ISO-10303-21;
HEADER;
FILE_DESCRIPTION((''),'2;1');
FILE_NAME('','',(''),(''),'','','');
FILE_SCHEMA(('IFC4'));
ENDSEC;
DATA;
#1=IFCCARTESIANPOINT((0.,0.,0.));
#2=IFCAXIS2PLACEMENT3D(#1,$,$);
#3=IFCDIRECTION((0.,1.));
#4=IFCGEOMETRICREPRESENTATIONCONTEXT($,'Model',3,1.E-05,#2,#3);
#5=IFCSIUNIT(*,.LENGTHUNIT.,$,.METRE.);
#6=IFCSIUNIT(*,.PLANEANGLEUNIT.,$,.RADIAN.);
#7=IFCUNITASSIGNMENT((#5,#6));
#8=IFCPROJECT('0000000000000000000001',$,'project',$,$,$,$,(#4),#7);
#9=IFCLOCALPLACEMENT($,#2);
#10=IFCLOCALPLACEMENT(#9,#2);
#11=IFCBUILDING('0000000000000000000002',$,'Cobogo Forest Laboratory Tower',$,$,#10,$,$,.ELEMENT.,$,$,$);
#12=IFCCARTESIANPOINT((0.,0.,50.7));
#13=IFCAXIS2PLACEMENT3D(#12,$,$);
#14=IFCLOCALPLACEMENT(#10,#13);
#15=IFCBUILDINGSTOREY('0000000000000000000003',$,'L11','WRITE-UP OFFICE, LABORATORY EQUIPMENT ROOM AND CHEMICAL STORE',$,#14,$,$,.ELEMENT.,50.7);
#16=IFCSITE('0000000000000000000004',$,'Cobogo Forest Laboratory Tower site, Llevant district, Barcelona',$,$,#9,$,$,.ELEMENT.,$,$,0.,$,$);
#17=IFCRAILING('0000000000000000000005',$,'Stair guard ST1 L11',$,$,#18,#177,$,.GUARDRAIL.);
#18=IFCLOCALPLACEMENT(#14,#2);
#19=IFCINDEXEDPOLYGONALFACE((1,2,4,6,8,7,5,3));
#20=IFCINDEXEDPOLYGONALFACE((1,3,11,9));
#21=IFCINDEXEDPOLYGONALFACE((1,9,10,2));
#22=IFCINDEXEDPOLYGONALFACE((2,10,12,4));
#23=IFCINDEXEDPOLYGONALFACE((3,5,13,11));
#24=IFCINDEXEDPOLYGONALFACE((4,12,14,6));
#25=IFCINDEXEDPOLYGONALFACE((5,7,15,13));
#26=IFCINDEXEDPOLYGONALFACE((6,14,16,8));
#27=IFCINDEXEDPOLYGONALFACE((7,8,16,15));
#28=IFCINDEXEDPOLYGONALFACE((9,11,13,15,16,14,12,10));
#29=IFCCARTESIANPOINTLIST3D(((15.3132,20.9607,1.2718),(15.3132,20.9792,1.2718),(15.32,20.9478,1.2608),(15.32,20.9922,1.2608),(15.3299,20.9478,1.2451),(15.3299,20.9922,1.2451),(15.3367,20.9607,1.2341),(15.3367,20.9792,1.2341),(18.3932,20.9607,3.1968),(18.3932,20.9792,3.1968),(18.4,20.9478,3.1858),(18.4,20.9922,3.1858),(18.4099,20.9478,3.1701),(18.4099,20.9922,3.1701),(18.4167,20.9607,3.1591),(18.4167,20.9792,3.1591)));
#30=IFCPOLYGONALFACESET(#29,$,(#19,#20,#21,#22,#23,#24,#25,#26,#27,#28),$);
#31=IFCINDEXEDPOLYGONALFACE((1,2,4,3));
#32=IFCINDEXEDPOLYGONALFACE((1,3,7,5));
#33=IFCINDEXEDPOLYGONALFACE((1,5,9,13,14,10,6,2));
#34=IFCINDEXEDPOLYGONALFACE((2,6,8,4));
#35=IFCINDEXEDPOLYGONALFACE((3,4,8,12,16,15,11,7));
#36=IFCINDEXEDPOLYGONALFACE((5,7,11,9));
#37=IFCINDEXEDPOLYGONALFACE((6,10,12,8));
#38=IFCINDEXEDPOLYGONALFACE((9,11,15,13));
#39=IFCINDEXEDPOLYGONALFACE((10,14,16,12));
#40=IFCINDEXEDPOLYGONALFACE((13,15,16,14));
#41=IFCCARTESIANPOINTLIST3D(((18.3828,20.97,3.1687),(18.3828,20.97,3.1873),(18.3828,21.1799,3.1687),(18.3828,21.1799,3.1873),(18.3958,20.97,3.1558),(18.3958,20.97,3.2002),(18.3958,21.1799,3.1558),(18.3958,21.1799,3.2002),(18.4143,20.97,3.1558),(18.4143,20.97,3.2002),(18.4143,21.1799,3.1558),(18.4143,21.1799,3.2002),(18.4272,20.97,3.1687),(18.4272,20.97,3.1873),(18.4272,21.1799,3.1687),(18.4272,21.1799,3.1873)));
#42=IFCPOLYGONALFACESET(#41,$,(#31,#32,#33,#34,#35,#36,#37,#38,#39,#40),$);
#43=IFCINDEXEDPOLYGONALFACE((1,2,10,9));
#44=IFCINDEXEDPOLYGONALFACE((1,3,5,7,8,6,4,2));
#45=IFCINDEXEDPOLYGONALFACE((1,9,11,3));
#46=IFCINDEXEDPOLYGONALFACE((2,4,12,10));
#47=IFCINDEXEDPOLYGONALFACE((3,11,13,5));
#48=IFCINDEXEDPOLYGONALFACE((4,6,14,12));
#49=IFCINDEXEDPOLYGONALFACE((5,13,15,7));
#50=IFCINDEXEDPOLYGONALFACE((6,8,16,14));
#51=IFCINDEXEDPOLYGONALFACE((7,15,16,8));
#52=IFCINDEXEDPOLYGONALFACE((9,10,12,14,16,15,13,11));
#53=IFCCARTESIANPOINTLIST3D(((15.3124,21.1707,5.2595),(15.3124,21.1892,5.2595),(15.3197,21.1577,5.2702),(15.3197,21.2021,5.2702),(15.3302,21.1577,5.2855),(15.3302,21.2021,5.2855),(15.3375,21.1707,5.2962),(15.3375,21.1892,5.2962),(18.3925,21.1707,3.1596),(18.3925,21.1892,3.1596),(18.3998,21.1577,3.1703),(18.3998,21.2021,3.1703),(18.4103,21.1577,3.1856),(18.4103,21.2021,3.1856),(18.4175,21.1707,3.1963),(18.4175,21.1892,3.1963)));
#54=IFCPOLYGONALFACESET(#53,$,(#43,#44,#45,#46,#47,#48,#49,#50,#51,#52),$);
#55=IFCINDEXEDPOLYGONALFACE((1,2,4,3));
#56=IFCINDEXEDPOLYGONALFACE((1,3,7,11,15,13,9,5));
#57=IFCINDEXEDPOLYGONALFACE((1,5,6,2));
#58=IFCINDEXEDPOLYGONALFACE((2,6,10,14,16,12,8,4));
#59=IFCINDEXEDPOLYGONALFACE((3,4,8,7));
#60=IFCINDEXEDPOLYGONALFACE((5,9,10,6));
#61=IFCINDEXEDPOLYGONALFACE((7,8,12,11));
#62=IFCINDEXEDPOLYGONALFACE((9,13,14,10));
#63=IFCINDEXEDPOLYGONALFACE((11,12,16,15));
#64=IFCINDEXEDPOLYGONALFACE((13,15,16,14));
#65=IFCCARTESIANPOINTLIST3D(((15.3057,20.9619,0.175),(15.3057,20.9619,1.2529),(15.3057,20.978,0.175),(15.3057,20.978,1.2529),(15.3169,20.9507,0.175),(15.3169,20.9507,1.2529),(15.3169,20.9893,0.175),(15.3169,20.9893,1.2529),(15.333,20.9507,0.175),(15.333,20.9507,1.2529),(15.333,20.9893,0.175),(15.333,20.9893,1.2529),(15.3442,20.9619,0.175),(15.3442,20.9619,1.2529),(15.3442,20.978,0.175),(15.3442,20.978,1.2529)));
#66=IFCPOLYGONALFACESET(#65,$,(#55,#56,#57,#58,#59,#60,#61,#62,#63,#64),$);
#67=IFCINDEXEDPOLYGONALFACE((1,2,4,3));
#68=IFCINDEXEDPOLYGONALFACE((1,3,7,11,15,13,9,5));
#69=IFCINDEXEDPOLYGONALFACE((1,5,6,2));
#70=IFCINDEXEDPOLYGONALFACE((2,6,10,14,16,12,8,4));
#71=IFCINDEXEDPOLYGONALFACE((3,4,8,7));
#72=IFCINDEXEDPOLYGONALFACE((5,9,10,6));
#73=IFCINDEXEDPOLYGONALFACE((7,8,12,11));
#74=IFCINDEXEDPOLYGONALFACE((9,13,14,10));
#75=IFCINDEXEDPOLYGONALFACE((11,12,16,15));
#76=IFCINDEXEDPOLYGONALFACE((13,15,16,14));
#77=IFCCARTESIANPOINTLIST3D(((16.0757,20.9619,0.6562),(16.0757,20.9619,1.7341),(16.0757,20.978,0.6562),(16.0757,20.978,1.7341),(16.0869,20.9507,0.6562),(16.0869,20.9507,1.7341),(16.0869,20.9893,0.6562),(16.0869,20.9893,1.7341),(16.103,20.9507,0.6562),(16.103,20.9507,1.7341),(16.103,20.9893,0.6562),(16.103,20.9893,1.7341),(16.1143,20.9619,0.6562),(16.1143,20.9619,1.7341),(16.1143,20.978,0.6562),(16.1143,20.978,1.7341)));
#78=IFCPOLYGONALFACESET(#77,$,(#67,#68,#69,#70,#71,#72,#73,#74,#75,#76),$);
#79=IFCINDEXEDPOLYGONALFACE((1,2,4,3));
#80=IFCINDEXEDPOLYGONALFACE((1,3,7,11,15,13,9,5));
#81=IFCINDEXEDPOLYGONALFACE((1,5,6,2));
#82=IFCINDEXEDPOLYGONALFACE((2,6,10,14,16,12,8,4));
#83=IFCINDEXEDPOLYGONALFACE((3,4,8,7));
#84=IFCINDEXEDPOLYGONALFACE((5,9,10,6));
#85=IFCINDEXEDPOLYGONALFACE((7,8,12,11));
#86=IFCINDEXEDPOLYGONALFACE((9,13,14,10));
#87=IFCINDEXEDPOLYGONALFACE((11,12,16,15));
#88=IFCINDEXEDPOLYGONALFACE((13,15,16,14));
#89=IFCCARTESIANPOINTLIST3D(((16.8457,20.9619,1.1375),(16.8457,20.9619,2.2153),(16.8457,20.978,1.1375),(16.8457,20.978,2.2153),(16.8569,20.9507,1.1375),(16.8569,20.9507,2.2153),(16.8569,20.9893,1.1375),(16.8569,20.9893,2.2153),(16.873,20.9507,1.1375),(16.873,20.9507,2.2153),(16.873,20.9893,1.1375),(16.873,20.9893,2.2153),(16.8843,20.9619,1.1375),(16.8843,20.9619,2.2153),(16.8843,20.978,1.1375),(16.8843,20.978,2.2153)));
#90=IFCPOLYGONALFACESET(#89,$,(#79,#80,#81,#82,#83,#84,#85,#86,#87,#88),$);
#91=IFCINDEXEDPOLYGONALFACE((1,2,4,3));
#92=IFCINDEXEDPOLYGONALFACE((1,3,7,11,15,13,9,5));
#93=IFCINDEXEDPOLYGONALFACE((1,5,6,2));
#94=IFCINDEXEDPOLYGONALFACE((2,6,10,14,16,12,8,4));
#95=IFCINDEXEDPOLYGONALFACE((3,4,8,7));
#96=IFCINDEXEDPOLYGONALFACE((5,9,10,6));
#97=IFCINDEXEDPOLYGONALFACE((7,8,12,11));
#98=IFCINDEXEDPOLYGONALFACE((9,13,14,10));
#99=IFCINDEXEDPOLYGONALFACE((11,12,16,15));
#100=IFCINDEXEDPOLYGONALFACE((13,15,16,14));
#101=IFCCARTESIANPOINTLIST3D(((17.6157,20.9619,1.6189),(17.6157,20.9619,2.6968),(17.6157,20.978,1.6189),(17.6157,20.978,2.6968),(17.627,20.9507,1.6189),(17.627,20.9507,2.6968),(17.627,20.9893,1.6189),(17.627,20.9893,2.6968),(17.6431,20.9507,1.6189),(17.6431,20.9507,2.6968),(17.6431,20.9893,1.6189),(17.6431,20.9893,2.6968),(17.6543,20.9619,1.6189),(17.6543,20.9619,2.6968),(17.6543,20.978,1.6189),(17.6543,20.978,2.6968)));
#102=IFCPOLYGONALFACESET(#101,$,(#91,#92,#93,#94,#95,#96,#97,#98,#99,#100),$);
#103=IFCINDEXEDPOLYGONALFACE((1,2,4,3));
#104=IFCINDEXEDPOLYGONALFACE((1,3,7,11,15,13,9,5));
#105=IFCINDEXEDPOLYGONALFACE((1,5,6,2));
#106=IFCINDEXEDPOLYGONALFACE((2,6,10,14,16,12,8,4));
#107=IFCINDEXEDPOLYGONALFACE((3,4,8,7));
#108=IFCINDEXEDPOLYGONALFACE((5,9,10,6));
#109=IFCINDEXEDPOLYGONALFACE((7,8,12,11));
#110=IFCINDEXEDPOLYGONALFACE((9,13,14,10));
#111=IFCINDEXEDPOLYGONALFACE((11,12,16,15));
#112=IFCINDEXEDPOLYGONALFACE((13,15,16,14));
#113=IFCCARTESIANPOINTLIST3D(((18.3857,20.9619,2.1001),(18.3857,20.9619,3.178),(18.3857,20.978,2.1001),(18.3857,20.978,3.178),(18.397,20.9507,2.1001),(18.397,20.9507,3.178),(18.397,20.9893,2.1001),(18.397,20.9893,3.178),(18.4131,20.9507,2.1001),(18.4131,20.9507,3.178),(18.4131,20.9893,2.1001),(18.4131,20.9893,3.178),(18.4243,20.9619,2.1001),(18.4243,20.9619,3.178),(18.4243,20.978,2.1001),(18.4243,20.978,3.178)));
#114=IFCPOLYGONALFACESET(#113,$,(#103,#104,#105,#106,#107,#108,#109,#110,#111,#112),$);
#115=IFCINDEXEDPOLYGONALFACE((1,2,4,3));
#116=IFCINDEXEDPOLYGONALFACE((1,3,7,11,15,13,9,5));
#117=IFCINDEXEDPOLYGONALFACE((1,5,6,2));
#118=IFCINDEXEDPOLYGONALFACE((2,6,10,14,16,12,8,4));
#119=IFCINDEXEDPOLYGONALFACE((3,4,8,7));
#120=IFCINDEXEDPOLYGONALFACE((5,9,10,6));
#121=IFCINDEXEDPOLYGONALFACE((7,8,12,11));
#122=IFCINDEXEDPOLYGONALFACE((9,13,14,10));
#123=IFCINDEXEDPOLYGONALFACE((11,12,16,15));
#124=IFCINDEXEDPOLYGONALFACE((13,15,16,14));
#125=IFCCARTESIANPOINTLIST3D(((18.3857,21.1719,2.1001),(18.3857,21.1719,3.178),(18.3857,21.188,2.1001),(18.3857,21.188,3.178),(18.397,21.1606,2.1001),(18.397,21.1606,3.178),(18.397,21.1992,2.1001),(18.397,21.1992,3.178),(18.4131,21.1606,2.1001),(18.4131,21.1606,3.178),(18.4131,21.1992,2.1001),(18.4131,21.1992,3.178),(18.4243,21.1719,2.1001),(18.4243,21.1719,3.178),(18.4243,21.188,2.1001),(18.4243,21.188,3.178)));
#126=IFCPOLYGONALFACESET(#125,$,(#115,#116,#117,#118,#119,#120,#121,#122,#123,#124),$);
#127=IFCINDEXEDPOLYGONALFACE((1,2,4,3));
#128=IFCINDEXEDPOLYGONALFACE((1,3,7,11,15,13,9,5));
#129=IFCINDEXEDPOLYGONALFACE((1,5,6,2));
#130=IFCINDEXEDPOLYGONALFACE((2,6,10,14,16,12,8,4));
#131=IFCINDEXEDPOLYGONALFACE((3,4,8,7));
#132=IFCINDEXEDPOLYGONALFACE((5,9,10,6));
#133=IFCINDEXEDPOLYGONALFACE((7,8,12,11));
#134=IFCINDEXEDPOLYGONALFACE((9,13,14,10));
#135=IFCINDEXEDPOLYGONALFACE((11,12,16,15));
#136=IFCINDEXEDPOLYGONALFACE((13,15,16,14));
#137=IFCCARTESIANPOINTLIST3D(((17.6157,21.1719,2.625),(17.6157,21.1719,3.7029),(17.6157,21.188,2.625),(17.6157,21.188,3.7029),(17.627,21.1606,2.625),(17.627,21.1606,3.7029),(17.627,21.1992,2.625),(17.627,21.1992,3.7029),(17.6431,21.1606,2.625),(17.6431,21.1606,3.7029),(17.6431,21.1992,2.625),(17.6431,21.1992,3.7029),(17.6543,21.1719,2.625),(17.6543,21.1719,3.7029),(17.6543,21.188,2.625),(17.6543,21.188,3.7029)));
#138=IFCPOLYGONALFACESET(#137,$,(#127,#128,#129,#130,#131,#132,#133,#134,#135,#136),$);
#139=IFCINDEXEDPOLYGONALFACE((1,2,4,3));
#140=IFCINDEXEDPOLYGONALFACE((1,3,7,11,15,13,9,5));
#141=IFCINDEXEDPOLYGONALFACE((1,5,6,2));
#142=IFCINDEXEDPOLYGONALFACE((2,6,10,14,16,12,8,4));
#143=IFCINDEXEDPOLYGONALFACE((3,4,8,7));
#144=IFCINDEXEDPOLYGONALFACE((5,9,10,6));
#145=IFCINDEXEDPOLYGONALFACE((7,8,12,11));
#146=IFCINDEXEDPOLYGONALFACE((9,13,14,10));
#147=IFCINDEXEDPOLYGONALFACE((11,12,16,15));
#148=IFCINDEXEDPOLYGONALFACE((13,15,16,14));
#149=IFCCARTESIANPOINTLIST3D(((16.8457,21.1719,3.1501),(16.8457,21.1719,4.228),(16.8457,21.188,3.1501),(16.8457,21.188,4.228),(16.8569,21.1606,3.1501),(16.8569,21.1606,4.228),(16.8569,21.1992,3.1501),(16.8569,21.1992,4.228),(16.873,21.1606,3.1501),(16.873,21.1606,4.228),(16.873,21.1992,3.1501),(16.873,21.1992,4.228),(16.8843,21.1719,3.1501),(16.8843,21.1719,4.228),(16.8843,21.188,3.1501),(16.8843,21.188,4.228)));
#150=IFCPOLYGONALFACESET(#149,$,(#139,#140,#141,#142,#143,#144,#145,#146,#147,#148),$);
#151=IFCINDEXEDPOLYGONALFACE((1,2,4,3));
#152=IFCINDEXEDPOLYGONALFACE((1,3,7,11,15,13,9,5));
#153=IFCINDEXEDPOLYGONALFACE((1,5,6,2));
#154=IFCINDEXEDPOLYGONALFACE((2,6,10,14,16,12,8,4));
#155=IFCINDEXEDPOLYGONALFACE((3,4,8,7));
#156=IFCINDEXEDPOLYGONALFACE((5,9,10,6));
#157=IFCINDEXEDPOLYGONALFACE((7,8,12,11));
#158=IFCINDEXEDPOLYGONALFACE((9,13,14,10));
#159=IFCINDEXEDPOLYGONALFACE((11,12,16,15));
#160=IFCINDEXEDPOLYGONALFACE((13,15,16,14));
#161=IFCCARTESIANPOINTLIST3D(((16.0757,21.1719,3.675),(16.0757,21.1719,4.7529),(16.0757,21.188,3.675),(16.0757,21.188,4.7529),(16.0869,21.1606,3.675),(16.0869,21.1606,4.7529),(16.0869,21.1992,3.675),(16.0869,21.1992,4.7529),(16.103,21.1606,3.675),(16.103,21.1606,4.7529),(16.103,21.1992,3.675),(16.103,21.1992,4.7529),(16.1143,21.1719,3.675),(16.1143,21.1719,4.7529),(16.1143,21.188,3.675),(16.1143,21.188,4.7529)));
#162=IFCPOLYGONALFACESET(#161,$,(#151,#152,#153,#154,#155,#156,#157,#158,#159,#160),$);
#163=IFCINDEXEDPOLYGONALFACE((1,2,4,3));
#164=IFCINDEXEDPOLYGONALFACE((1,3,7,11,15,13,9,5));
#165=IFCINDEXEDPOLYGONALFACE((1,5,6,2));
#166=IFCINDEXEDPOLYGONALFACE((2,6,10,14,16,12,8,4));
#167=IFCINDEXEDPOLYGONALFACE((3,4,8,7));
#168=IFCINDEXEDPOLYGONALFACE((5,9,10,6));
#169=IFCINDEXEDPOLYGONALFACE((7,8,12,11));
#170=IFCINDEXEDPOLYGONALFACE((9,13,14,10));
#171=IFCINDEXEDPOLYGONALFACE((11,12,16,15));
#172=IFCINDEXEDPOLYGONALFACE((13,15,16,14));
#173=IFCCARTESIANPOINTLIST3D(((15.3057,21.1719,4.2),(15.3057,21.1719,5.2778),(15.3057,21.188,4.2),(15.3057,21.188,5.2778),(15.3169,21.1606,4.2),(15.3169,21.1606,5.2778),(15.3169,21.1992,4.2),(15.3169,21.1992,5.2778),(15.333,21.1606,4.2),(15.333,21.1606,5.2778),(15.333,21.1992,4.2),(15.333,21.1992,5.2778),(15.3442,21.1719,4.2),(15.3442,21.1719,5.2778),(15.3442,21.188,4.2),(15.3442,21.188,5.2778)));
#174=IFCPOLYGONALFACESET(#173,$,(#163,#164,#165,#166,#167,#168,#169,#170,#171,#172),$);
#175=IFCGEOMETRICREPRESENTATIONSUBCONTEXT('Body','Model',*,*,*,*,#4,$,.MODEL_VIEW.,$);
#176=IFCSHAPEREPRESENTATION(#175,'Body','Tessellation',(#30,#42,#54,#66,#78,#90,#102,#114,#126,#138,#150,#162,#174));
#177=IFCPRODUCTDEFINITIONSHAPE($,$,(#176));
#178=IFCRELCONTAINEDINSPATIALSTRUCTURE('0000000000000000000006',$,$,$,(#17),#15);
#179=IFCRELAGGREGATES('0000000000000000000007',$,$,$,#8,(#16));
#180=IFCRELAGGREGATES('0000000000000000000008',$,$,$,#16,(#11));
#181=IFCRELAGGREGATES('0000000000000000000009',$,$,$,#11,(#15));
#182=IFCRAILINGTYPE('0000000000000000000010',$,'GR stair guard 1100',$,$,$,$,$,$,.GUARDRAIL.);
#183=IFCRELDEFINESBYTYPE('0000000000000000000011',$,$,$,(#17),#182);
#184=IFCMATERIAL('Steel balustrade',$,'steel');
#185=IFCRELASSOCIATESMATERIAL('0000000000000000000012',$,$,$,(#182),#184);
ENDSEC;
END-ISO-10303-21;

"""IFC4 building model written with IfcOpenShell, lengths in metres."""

from ifc_helpers import new_model, si_unit, direction, frame, origin, place, context, subcontext, project, spatial, polyline, outline, extrude, material, type_object, element, save


model = new_model("IFC4")

# Units and contexts
model_context = context("Model", 3, precision=1e-05, world=origin(), true_north=direction((0.0, 1.0)))
body_context = subcontext(model_context, "Body", "Model", "MODEL_VIEW")
ifc_project = project(units=[si_unit("LENGTHUNIT", "METRE"), si_unit("PLANEANGLEUNIT", "RADIAN")], contexts=[model_context])

# Site, building, storey
site_placement = place(None, origin())
site = spatial("IfcSite", under=ifc_project, at=site_placement, Name="Cobogo Forest Laboratory Tower site, Llevant district, Barcelona", CompositionType="ELEMENT", RefElevation=0.0)
building_placement = place(site_placement, origin())
building = spatial("IfcBuilding", under=site, at=building_placement, Name="Cobogo Forest Laboratory Tower", CompositionType="ELEMENT")
storey_placement = place(building_placement, frame((0.0, 0.0, 50.7)))
storey = spatial("IfcBuildingStorey", under=building, at=storey_placement, Name="L11", Description="WRITE-UP OFFICE, LABORATORY EQUIPMENT ROOM AND CHEMICAL STORE", CompositionType="ELEMENT", Elevation=50.7)

# Railing
ifc_material_1 = material(Name="Steel balustrade", Category="steel")
railing_type_1 = type_object("IfcRailingType", Name="GR stair guard 1100", PredefinedType="GUARDRAIL", material=ifc_material_1)
railing_1_placement = place(storey_placement, frame((15.325, 20.97, 0.175)))
element("IfcRailing", 1, at=railing_1_placement, inside=storey, type_object=railing_type_1, Name="Stair guard ST1 L11", PredefinedType="GUARDRAIL", context=body_context, shape_type="SweptSolid", body=[
    extrude(outline(polyline([(0.0222, 0.0093), (0.0093, 0.0222), (-0.0093, 0.0222), (-0.0222, 0.0093), (-0.0222, -0.0093), (-0.0093, -0.0222), (0.0093, -0.0222), (0.0222, -0.0093), (0.0222, 0.0093)])), frame((0.0, 0.0, 1.0779), z_axis=(0.847998, 0.0, 0.529999), x_axis=(0.0, 1.0, 0.0)), (0.0, 0.0, 1.0), 3.6321),
    extrude(outline(polyline([(0.0222, 0.0093), (0.0093, 0.0222), (-0.0093, 0.0222), (-0.0222, 0.0093), (-0.0222, -0.0093), (-0.0093, -0.0222), (0.0093, -0.0222), (0.0222, -0.0093), (0.0222, 0.0093)])), frame((3.0801, 0.0, 3.0029), z_axis=(0.0, 1.0, 0.0), x_axis=(-1.0, 0.0, 0.0)), (0.0, 0.0, 1.0), 0.21),
    extrude(outline(polyline([(0.0222, 0.0093), (0.0093, 0.0222), (-0.0093, 0.0222), (-0.0222, 0.0093), (-0.0222, -0.0093), (-0.0093, -0.0222), (0.0093, -0.0222), (0.0222, -0.0093), (0.0222, 0.0093)])), frame((3.0801, 0.21, 3.0029), z_axis=(-0.826252, 0.0, 0.5633), x_axis=(0.0, -1.0, 0.0)), (0.0, 0.0, 1.0), 3.7278),
    extrude(outline(polyline([(0.0193, 0.0081), (0.0081, 0.0193), (-0.0081, 0.0193), (-0.0193, 0.0081), (-0.0193, -0.0081), (-0.0081, -0.0193), (0.0081, -0.0193), (0.0193, -0.0081), (0.0193, 0.0081)])), origin(), (0.0, 0.0, 1.0), 1.0779),
    extrude(outline(polyline([(0.0193, 0.0081), (0.0081, 0.0193), (-0.0081, 0.0193), (-0.0193, 0.0081), (-0.0193, -0.0081), (-0.0081, -0.0193), (0.0081, -0.0193), (0.0193, -0.0081), (0.0193, 0.0081)])), frame((0.77, 0.0, 0.4812)), (0.0, 0.0, 1.0), 1.0779),
    extrude(outline(polyline([(0.0193, 0.0081), (0.0081, 0.0193), (-0.0081, 0.0193), (-0.0193, 0.0081), (-0.0193, -0.0081), (-0.0081, -0.0193), (0.0081, -0.0193), (0.0193, -0.0081), (0.0193, 0.0081)])), frame((1.54, 0.0, 0.9624)), (0.0, 0.0, 1.0), 1.0779),
    extrude(outline(polyline([(0.0193, 0.0081), (0.0081, 0.0193), (-0.0081, 0.0193), (-0.0193, 0.0081), (-0.0193, -0.0081), (-0.0081, -0.0193), (0.0081, -0.0193), (0.0193, -0.0081), (0.0193, 0.0081)])), frame((2.3101, 0.0, 1.4438)), (0.0, 0.0, 1.0), 1.0779),
    extrude(outline(polyline([(0.0193, 0.0081), (0.0081, 0.0193), (-0.0081, 0.0193), (-0.0193, 0.0081), (-0.0193, -0.0081), (-0.0081, -0.0193), (0.0081, -0.0193), (0.0193, -0.0081), (0.0193, 0.0081)])), frame((3.0801, 0.0, 1.925)), (0.0, 0.0, 1.0), 1.0779),
    extrude(outline(polyline([(0.0193, 0.0081), (0.0081, 0.0193), (-0.0081, 0.0193), (-0.0193, 0.0081), (-0.0193, -0.0081), (-0.0081, -0.0193), (0.0081, -0.0193), (0.0193, -0.0081), (0.0193, 0.0081)])), frame((3.0801, 0.21, 1.925)), (0.0, 0.0, 1.0), 1.0779),
    extrude(outline(polyline([(0.0193, 0.0081), (0.0081, 0.0193), (-0.0081, 0.0193), (-0.0193, 0.0081), (-0.0193, -0.0081), (-0.0081, -0.0193), (0.0081, -0.0193), (0.0193, -0.0081), (0.0193, 0.0081)])), frame((2.3101, 0.21, 2.45)), (0.0, 0.0, 1.0), 1.0779),
    extrude(outline(polyline([(0.0193, 0.0081), (0.0081, 0.0193), (-0.0081, 0.0193), (-0.0193, 0.0081), (-0.0193, -0.0081), (-0.0081, -0.0193), (0.0081, -0.0193), (0.0193, -0.0081), (0.0193, 0.0081)])), frame((1.54, 0.21, 2.9751)), (0.0, 0.0, 1.0), 1.0779),
    extrude(outline(polyline([(0.0193, 0.0081), (0.0081, 0.0193), (-0.0081, 0.0193), (-0.0193, 0.0081), (-0.0193, -0.0081), (-0.0081, -0.0193), (0.0081, -0.0193), (0.0193, -0.0081), (0.0193, 0.0081)])), frame((0.77, 0.21, 3.5)), (0.0, 0.0, 1.0), 1.0779),
    extrude(outline(polyline([(0.0193, 0.0081), (0.0081, 0.0193), (-0.0081, 0.0193), (-0.0193, 0.0081), (-0.0193, -0.0081), (-0.0081, -0.0193), (0.0081, -0.0193), (0.0193, -0.0081), (0.0193, 0.0081)])), frame((0.0, 0.21, 4.0249)), (0.0, 0.0, 1.0), 1.0779),
])

save(model, "model.ifc")
